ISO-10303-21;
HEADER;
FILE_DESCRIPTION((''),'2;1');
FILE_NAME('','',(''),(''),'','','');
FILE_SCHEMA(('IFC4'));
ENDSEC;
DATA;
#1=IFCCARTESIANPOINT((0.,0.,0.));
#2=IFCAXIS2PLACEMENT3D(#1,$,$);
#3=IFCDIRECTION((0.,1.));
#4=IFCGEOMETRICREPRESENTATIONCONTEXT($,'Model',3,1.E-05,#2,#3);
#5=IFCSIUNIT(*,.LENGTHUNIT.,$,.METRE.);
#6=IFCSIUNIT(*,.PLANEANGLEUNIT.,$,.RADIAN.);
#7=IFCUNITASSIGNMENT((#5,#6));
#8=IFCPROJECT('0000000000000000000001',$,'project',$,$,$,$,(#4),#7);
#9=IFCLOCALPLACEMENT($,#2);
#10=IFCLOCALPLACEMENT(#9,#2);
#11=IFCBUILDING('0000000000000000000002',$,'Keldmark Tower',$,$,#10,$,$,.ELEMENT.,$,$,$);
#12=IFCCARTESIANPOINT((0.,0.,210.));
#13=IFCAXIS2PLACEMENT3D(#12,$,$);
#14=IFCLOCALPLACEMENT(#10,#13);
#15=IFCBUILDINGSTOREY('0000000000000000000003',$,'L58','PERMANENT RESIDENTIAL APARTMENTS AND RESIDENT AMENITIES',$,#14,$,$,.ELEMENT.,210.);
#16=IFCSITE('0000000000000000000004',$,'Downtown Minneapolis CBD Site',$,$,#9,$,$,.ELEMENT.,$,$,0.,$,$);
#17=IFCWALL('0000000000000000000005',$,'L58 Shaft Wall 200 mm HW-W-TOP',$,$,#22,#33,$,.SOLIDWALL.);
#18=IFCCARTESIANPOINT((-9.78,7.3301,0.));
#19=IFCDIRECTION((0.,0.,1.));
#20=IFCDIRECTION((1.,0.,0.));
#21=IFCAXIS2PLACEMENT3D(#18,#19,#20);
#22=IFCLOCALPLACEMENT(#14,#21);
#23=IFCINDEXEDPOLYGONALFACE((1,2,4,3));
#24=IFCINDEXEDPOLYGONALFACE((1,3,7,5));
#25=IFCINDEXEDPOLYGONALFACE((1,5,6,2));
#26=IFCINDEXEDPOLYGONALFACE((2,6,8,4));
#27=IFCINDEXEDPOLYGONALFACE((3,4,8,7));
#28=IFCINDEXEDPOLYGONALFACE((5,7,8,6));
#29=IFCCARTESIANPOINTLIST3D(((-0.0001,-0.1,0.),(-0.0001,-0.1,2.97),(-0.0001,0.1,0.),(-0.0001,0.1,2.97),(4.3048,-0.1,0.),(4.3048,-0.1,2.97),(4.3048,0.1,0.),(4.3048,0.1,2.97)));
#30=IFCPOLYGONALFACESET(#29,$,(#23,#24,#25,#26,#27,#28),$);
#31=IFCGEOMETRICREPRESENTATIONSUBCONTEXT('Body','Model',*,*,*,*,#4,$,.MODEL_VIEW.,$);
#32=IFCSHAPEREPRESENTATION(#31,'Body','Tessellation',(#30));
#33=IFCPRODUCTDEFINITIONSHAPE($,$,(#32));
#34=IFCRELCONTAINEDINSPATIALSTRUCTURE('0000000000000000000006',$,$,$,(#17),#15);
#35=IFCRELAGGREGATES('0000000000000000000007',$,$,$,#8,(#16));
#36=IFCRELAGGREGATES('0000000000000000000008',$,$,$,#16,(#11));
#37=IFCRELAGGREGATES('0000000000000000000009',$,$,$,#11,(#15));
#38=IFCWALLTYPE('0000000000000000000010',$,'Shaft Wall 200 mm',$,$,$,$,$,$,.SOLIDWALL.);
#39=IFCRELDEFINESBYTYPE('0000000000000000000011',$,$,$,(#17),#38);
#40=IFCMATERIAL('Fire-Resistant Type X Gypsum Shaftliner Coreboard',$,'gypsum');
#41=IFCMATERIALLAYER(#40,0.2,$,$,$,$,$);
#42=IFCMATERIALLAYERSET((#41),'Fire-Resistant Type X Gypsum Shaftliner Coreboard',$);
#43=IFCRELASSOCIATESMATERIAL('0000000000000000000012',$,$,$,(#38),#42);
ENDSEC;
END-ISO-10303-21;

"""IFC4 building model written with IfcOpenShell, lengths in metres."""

from ifc_helpers import new_model, si_unit, direction, frame, frame_2d, origin, place, context, subcontext, project, spatial, rectangle, extrude, material, layer, layer_set, type_object, element, save


model = new_model("IFC4")

# Units and contexts
model_context = context("Model", 3, precision=1e-05, world=origin(), true_north=direction((0.0, 1.0)))
body_context = subcontext(model_context, "Body", "Model", "MODEL_VIEW")
ifc_project = project(units=[si_unit("LENGTHUNIT", "METRE"), si_unit("PLANEANGLEUNIT", "RADIAN")], contexts=[model_context])

# Site, building, storey
site_placement = place(None, origin())
site = spatial("IfcSite", under=ifc_project, at=site_placement, Name="Downtown Minneapolis CBD Site", CompositionType="ELEMENT", RefElevation=0.0)
building_placement = place(site_placement, origin())
building = spatial("IfcBuilding", under=site, at=building_placement, Name="Keldmark Tower", CompositionType="ELEMENT")
storey_placement = place(building_placement, frame((0.0, 0.0, 210.0)))
storey = spatial("IfcBuildingStorey", under=building, at=storey_placement, Name="L58", Description="PERMANENT RESIDENTIAL APARTMENTS AND RESIDENT AMENITIES", CompositionType="ELEMENT", Elevation=210.0)

# Shared definitions
ifc_material_1 = material(Name="Fire-Resistant Type X Gypsum Shaftliner Coreboard", Category="gypsum")
ifc_layer_1 = layer(ifc_material_1, 0.2)
ifc_layer_set_1 = layer_set([ifc_layer_1], Name="Fire-Resistant Type X Gypsum Shaftliner Coreboard")
wall_type_1 = type_object("IfcWallType", Name="Shaft Wall 200 mm", PredefinedType="SOLIDWALL", material=ifc_layer_set_1)

# Wall
wall_1_placement = place(storey_placement, frame((-9.78, 7.3301, 0.0), z_axis=(0.0, 0.0, 1.0), x_axis=(1.0, 0.0, 0.0)))
element("IfcWall", 1, at=wall_1_placement, inside=storey, type_object=wall_type_1, Name="L58 Shaft Wall 200 mm HW-W-TOP", PredefinedType="SOLIDWALL", context=body_context, shape_type="SweptSolid", body=[
    extrude(rectangle(XDim=4.3049, YDim=0.2, at=frame_2d((2.1523, 0.0))), origin(), (0.0, 0.0, 1.0), 2.97),
])

save(model, "model.ifc")
